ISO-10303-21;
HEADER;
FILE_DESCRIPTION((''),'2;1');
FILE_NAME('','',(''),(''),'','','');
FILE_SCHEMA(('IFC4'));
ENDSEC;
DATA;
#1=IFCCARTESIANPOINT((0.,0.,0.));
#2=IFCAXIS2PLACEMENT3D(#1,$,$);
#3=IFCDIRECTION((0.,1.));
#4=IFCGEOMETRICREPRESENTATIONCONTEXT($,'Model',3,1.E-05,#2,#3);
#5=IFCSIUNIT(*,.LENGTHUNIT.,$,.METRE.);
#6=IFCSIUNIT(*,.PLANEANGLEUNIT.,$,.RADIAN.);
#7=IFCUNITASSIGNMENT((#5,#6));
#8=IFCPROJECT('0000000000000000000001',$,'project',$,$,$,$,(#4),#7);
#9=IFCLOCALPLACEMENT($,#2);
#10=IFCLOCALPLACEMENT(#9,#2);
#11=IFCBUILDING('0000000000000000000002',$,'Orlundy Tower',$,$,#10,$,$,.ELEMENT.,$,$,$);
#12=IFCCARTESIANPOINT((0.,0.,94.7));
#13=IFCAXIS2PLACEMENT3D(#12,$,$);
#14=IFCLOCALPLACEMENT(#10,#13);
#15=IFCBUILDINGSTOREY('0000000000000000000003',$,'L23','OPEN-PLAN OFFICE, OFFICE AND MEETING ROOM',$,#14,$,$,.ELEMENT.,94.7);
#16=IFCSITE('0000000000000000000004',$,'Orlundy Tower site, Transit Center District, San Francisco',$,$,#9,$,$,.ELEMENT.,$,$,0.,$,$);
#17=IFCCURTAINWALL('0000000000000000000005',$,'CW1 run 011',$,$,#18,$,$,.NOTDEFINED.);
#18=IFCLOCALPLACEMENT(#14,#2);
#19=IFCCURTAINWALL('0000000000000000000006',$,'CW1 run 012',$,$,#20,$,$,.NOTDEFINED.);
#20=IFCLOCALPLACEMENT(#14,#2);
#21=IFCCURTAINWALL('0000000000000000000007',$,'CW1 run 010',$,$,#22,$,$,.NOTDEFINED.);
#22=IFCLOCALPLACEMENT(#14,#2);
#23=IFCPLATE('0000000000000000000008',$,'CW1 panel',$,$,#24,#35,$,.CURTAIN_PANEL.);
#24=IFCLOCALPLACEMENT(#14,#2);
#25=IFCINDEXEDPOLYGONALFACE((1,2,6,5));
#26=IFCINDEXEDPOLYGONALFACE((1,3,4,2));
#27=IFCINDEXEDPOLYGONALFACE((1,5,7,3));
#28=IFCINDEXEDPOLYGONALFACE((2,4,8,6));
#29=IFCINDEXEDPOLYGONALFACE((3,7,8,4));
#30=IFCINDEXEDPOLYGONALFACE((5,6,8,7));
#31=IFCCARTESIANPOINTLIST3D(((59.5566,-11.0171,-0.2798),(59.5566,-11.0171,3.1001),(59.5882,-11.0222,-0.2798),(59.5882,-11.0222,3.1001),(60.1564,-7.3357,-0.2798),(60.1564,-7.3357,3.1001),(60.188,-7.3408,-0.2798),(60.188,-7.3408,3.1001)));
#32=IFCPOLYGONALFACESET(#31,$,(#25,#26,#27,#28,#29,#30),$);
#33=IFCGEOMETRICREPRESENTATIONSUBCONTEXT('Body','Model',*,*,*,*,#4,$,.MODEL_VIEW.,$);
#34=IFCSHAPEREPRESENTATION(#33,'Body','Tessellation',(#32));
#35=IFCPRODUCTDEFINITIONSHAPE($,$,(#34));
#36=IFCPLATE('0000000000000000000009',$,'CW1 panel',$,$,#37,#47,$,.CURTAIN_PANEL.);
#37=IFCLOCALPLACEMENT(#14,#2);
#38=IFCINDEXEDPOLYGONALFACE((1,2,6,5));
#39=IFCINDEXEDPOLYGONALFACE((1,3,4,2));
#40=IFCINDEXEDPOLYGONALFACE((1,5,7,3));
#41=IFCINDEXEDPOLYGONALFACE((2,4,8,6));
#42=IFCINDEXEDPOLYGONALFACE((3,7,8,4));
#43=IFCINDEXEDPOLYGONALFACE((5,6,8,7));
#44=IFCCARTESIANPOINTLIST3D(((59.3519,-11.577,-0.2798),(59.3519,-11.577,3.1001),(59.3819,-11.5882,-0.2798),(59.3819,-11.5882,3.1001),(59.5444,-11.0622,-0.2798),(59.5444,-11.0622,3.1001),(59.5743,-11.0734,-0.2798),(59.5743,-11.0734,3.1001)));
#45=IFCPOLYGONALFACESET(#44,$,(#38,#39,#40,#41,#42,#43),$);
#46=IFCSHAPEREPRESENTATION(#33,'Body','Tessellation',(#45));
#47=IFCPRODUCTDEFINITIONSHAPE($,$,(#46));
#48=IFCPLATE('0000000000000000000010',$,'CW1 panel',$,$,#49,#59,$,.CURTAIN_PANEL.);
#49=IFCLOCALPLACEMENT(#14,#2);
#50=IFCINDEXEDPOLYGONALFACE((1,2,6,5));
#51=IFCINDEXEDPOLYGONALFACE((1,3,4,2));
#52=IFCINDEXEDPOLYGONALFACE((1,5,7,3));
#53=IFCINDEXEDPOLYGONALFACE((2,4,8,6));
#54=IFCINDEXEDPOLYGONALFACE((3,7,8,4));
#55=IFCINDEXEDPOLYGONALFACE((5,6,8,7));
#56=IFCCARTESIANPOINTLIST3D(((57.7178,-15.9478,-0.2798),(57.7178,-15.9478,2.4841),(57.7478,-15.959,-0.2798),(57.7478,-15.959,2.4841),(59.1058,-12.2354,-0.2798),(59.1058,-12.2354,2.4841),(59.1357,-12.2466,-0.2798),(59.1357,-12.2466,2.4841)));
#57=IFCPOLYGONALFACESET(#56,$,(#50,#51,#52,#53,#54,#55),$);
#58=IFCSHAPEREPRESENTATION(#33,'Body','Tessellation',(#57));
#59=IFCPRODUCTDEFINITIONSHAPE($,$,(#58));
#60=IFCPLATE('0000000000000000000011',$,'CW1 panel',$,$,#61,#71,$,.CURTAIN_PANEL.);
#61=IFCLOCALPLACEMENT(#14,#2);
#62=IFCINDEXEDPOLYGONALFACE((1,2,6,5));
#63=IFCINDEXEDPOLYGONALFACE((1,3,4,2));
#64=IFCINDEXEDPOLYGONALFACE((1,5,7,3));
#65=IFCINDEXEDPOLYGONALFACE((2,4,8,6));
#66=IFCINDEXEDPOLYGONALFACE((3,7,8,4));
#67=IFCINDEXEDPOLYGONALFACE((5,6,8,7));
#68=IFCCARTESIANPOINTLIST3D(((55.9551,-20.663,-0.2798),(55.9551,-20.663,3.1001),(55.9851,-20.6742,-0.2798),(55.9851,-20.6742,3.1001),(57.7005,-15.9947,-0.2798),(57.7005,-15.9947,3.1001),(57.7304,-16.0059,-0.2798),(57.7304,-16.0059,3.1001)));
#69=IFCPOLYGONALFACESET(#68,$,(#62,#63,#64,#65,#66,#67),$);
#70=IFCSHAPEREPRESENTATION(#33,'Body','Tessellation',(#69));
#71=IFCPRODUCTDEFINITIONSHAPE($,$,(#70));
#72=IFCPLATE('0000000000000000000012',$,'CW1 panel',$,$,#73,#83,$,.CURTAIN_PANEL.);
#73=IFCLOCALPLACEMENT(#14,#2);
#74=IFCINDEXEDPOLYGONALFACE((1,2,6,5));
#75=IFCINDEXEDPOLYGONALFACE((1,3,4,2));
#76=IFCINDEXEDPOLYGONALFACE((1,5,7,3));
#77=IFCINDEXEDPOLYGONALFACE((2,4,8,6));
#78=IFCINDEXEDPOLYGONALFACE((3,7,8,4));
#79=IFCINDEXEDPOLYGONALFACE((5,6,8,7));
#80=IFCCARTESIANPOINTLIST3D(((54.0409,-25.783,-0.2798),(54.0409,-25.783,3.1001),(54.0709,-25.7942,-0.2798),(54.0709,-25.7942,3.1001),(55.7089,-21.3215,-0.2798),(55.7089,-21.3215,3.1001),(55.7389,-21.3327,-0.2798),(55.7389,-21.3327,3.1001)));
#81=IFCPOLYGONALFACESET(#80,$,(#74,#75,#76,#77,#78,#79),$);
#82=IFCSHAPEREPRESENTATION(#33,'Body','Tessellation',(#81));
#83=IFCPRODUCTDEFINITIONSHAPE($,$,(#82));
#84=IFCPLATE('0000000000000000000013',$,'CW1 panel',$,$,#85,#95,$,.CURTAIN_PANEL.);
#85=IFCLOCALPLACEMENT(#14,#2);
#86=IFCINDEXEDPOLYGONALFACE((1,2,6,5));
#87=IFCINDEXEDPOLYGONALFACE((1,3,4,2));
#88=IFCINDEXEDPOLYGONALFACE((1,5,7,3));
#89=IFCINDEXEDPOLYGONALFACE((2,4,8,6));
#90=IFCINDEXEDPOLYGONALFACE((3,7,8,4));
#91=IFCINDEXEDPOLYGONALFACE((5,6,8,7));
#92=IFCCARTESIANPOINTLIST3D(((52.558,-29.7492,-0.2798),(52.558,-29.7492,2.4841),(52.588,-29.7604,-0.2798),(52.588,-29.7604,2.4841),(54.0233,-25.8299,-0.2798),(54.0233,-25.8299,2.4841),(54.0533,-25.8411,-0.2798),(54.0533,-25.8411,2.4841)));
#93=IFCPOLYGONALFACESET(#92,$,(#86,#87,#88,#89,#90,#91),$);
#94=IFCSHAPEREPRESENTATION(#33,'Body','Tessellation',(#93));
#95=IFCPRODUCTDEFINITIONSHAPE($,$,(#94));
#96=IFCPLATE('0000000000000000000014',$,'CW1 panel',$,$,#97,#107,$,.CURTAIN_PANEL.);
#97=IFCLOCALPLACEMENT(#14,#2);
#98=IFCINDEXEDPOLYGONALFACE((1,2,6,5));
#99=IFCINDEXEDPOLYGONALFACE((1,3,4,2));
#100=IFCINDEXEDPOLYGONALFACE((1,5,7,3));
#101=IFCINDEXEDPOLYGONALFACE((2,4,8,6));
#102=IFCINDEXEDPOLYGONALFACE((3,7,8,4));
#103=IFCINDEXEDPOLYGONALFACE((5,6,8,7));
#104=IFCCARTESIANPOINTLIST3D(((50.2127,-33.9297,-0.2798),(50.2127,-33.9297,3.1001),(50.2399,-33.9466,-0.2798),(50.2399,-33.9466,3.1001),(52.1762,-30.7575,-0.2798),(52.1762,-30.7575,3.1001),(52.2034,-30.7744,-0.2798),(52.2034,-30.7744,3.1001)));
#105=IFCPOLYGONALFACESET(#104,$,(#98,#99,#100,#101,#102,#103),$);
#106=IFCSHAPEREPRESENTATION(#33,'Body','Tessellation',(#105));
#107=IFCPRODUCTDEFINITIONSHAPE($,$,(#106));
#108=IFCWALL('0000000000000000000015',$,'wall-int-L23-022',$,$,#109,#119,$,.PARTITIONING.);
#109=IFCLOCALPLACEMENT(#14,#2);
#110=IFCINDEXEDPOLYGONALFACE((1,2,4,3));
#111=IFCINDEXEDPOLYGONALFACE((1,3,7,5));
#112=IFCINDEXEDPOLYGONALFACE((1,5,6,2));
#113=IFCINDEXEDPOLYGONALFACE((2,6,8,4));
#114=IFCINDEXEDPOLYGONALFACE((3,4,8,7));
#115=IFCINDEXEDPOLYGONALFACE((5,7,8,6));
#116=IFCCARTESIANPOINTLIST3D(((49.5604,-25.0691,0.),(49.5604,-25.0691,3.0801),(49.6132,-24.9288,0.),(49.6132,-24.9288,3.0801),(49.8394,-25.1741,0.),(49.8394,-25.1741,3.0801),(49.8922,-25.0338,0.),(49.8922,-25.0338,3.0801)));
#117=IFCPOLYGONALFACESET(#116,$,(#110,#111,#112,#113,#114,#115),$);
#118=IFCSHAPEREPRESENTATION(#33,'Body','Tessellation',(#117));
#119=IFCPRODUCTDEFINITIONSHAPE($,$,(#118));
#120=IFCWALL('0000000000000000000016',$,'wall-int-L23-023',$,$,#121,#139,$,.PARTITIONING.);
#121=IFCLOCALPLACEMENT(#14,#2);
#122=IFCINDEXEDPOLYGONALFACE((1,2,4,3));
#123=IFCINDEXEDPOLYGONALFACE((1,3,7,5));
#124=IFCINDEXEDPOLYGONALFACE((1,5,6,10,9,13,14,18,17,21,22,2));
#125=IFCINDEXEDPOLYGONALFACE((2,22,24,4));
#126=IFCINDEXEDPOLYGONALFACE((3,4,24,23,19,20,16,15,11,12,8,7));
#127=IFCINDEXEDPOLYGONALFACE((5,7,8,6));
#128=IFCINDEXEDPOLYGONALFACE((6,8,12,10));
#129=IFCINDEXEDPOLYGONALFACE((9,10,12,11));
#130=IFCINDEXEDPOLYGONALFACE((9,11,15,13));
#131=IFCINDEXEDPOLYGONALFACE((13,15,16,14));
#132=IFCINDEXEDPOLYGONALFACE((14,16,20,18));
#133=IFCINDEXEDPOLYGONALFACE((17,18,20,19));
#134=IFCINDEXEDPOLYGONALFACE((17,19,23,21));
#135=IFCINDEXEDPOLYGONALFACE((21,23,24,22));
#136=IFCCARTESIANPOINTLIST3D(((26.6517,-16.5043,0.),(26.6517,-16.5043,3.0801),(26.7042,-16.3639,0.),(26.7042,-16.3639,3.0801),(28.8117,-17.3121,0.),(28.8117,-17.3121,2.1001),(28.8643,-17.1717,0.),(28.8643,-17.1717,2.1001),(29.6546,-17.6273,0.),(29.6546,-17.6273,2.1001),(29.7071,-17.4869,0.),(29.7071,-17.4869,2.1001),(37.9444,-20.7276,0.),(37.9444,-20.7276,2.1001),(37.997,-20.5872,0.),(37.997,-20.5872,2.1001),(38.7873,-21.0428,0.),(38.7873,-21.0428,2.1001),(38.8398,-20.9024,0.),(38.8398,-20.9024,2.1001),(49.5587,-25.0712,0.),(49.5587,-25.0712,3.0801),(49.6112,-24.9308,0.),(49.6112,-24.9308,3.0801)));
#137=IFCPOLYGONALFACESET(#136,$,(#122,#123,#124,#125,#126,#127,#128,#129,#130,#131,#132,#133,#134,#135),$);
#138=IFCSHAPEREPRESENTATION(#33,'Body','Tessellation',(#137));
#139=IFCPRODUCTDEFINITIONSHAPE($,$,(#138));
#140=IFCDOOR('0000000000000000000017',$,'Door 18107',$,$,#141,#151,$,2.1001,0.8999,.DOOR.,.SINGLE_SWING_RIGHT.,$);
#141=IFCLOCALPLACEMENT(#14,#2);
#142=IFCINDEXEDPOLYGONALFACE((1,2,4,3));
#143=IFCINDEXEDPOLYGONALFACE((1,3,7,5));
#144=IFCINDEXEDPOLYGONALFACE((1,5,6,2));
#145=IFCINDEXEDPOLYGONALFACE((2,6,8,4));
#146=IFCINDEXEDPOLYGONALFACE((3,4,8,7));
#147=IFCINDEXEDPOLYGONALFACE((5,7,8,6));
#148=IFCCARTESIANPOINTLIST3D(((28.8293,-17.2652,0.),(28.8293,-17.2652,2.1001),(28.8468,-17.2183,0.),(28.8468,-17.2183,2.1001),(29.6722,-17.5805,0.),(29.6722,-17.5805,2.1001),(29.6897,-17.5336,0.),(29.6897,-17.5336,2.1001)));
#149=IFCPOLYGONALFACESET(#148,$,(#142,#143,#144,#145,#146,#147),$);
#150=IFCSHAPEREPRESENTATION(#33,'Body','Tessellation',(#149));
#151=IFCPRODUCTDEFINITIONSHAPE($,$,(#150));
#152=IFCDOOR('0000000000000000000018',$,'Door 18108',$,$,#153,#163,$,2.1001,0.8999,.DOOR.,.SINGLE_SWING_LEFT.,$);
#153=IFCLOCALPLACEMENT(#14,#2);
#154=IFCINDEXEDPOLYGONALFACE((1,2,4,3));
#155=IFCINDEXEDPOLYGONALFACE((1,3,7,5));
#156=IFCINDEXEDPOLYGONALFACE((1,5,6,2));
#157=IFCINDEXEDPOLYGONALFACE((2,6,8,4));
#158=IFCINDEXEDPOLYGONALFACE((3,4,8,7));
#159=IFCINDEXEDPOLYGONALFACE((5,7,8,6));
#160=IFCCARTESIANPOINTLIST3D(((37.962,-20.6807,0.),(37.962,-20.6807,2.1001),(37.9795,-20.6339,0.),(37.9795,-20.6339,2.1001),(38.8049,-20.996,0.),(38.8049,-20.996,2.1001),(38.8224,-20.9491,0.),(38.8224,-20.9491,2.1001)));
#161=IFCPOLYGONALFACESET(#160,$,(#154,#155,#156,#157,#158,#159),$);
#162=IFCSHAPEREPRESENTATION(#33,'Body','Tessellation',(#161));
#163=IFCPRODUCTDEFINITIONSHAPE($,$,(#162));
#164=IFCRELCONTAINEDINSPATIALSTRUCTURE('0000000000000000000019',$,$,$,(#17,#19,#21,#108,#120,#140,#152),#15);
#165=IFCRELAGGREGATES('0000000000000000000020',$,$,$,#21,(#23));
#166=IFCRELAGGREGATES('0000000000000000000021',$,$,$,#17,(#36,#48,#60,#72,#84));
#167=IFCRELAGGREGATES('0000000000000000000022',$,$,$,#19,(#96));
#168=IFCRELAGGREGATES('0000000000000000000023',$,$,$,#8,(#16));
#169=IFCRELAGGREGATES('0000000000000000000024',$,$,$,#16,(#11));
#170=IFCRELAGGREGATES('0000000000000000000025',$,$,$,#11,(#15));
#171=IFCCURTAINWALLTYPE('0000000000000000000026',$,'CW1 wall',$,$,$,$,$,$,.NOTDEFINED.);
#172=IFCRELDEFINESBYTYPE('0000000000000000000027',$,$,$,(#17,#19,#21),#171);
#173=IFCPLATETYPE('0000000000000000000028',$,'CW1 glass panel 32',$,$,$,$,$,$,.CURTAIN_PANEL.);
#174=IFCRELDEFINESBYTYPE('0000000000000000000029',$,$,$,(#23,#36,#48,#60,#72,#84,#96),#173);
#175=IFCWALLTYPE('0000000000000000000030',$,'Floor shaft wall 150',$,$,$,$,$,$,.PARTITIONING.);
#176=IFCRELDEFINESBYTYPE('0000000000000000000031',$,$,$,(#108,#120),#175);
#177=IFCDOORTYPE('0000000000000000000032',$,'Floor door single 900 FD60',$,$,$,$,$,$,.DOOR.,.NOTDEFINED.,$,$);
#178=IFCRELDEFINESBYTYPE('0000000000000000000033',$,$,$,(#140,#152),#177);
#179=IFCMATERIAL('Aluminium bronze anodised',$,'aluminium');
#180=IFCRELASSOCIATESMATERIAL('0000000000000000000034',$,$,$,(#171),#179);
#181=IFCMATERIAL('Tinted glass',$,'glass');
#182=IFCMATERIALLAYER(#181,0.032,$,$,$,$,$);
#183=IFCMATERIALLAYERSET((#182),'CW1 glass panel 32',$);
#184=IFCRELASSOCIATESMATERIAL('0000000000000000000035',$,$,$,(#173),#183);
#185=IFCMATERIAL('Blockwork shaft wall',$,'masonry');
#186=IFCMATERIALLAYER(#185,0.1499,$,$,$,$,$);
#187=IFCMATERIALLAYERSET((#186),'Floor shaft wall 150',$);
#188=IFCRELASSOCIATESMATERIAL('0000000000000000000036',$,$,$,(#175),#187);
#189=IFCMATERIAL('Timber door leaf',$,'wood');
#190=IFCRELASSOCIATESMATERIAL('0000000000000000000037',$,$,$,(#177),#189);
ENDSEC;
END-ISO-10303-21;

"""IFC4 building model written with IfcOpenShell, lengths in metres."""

from ifc_helpers import new_model, si_unit, direction, frame, frame_2d, origin, origin_2d, place, context, subcontext, project, spatial, rectangle, extrude, material, layer, layer_set, type_object, element, fill, aggregate, save


model = new_model("IFC4")

# Units and contexts
model_context = context("Model", 3, precision=1e-05, world=origin(), true_north=direction((0.0, 1.0)))
body_context = subcontext(model_context, "Body", "Model", "MODEL_VIEW")
ifc_project = project(units=[si_unit("LENGTHUNIT", "METRE"), si_unit("PLANEANGLEUNIT", "RADIAN")], contexts=[model_context])

# Site, building, storey
site_placement = place(None, origin())
site = spatial("IfcSite", under=ifc_project, at=site_placement, Name="Orlundy Tower site, Transit Center District, San Francisco", CompositionType="ELEMENT", RefElevation=0.0)
building_placement = place(site_placement, origin())
building = spatial("IfcBuilding", under=site, at=building_placement, Name="Orlundy Tower", CompositionType="ELEMENT")
storey_placement = place(building_placement, frame((0.0, 0.0, 94.7)))
storey = spatial("IfcBuildingStorey", under=building, at=storey_placement, Name="L23", Description="OPEN-PLAN OFFICE, OFFICE AND MEETING ROOM", CompositionType="ELEMENT", Elevation=94.7)

# Shared definitions
ifc_material_1 = material(Name="Aluminium bronze anodised", Category="aluminium")
curtain_wall_type = type_object("IfcCurtainWallType", Name="CW1 wall", PredefinedType="NOTDEFINED", material=ifc_material_1)

# Curtain wall
curtain_wall_1_placement = place(storey_placement, origin())
curtain_wall_1 = element("IfcCurtainWall", 1, at=curtain_wall_1_placement, inside=storey, type_object=curtain_wall_type, Name="CW1 run 011", PredefinedType="NOTDEFINED")

# Curtain wall
curtain_wall_2_placement = place(storey_placement, origin())
curtain_wall_2 = element("IfcCurtainWall", 2, at=curtain_wall_2_placement, inside=storey, type_object=curtain_wall_type, Name="CW1 run 012", PredefinedType="NOTDEFINED")

# Curtain wall, plate
curtain_wall_3_placement = place(storey_placement, origin())
curtain_wall_3 = element("IfcCurtainWall", 3, at=curtain_wall_3_placement, inside=storey, type_object=curtain_wall_type, Name="CW1 run 010", PredefinedType="NOTDEFINED")
ifc_material_2 = material(Name="Tinted glass", Category="glass")
ifc_layer_1 = layer(ifc_material_2, 0.032)
ifc_layer_set_1 = layer_set([ifc_layer_1], Name="CW1 glass panel 32")
plate_type = type_object("IfcPlateType", Name="CW1 glass panel 32", PredefinedType="CURTAIN_PANEL", material=ifc_layer_set_1)
plate_1_placement = place(storey_placement, frame((59.8723, -9.179, -0.2798), z_axis=(0.0, 0.0, 1.0), x_axis=(-0.16081, -0.986985, 0.0)))
plate_1 = element("IfcPlate", 4, at=plate_1_placement, type_object=plate_type, Name="CW1 panel", PredefinedType="CURTAIN_PANEL", context=body_context, shape_type="SweptSolid", body=[
    extrude(rectangle(XDim=3.73, YDim=0.032, at=origin_2d()), origin(), (0.0, 0.0, 1.0), 3.3799),
])
aggregate(curtain_wall_3, [plate_1])

# Plates
plate_2_placement = place(storey_placement, frame((59.4631, -11.3252, -0.2798), z_axis=(0.0, 0.0, 1.0), x_axis=(-0.350194, -0.936677, 0.0)))
plate_2 = element("IfcPlate", 5, at=plate_2_placement, type_object=plate_type, Name="CW1 panel", PredefinedType="CURTAIN_PANEL", context=body_context, shape_type="SweptSolid", body=[
    extrude(rectangle(XDim=0.5496, YDim=0.032, at=origin_2d()), origin(), (0.0, 0.0, 1.0), 3.3799),
])
plate_3_placement = place(storey_placement, frame((58.4268, -14.0972, -0.2798), z_axis=(0.0, 0.0, 1.0), x_axis=(-0.350194, -0.936677, 0.0)))
plate_3 = element("IfcPlate", 6, at=plate_3_placement, type_object=plate_type, Name="CW1 panel", PredefinedType="CURTAIN_PANEL", context=body_context, shape_type="SweptSolid", body=[
    extrude(rectangle(XDim=3.9634, YDim=0.032, at=origin_2d()), origin(), (0.0, 0.0, 1.0), 2.7639),
])
plate_4_placement = place(storey_placement, frame((56.8428, -18.3345, -0.2798), z_axis=(0.0, 0.0, 1.0), x_axis=(-0.350194, -0.936677, 0.0)))
plate_4 = element("IfcPlate", 7, at=plate_4_placement, type_object=plate_type, Name="CW1 panel", PredefinedType="CURTAIN_PANEL", context=body_context, shape_type="SweptSolid", body=[
    extrude(rectangle(XDim=4.9839, YDim=0.032, at=origin_2d()), origin(), (0.0, 0.0, 1.0), 3.3799),
])
plate_5_placement = place(storey_placement, frame((54.8899, -23.5579, -0.2798), z_axis=(0.0, 0.0, 1.0), x_axis=(-0.350194, -0.936677, 0.0)))
plate_5 = element("IfcPlate", 8, at=plate_5_placement, type_object=plate_type, Name="CW1 panel", PredefinedType="CURTAIN_PANEL", context=body_context, shape_type="SweptSolid", body=[
    extrude(rectangle(XDim=4.7632, YDim=0.032, at=origin_2d()), origin(), (0.0, 0.0, 1.0), 3.3799),
])
plate_6_placement = place(storey_placement, frame((53.3057, -27.7952, -0.2798), z_axis=(0.0, 0.0, 1.0), x_axis=(-0.350194, -0.936677, 0.0)))
plate_6 = element("IfcPlate", 9, at=plate_6_placement, type_object=plate_type, Name="CW1 panel", PredefinedType="CURTAIN_PANEL", context=body_context, shape_type="SweptSolid", body=[
    extrude(rectangle(XDim=4.1843, YDim=0.032, at=origin_2d()), origin(), (0.0, 0.0, 1.0), 2.7639),
])
aggregate(curtain_wall_1, [plate_2, plate_3, plate_4, plate_5, plate_6])
plate_7_placement = place(storey_placement, frame((51.208, -32.3521, -0.2798), z_axis=(0.0, 0.0, 1.0), x_axis=(-0.526308, -0.850294, 0.0)))
plate_7 = element("IfcPlate", 10, at=plate_7_placement, type_object=plate_type, Name="CW1 panel", PredefinedType="CURTAIN_PANEL", context=body_context, shape_type="SweptSolid", body=[
    extrude(rectangle(XDim=3.7307, YDim=0.032, at=origin_2d()), origin(), (0.0, 0.0, 1.0), 3.3799),
])
aggregate(curtain_wall_2, [plate_7])

# Wall
ifc_material_3 = material(Name="Blockwork shaft wall", Category="masonry")
ifc_layer_2 = layer(ifc_material_3, 0.1499)
ifc_layer_set_2 = layer_set([ifc_layer_2], Name="Floor shaft wall 150")
wall_type_1 = type_object("IfcWallType", Name="Floor shaft wall 150", PredefinedType="PARTITIONING", material=ifc_layer_set_2)
wall_1_placement = place(storey_placement, frame((49.5869, -24.999, 0.0), z_axis=(0.0, 0.0, 1.0), x_axis=(0.935958, -0.35211, 0.0)))
element("IfcWall", 11, at=wall_1_placement, inside=storey, type_object=wall_type_1, Name="wall-int-L23-022", PredefinedType="PARTITIONING", context=body_context, shape_type="SweptSolid", body=[
    extrude(rectangle(XDim=0.2981, YDim=0.1499, at=frame_2d((0.1489, 0.0))), origin(), (0.0, 0.0, 1.0), 3.0801),
])

# Wall, openings, doors
wall_2_placement = place(storey_placement, frame((49.585, -25.001, 0.0), z_axis=(0.0, 0.0, 1.0), x_axis=(-0.936641, 0.350291, 0.0)))
wall_2 = element("IfcWall", 12, at=wall_2_placement, inside=storey, type_object=wall_type_1, Name="wall-int-L23-023", PredefinedType="PARTITIONING", context=body_context, shape_type="SweptSolid", body=[
    extrude(rectangle(XDim=24.4565, YDim=0.1499, at=frame_2d((12.2283, 0.0))), origin(), (0.0, 0.0, 1.0), 3.0801),
])
opening_1_placement = place(wall_2_placement, frame((21.2505, 0.0, 0.0)))
opening_1 = element("IfcOpeningElement", 13, at=opening_1_placement, cuts=wall_2, PredefinedType="OPENING", context=body_context, shape_type="SweptSolid", body=[
    extrude(rectangle(XDim=0.8999, YDim=2.1001, at=frame_2d((0.45, 1.05))), frame((0.0, 0.085, 0.0), z_axis=(0.0, -1.0, 0.0), x_axis=(1.0, 0.0, 0.0)), (0.0, 0.0, 1.0), 0.1699),
])
opening_2_placement = place(wall_2_placement, frame((11.5, 0.0, 0.0)))
opening_2 = element("IfcOpeningElement", 14, at=opening_2_placement, cuts=wall_2, PredefinedType="OPENING", context=body_context, shape_type="SweptSolid", body=[
    extrude(rectangle(XDim=0.8999, YDim=2.1001, at=frame_2d((0.45, 1.05))), frame((0.0, 0.085, 0.0), z_axis=(0.0, -1.0, 0.0), x_axis=(1.0, 0.0, 0.0)), (0.0, 0.0, 1.0), 0.1699),
])
ifc_material_4 = material(Name="Timber door leaf", Category="wood")
door_type = type_object("IfcDoorType", Name="Floor door single 900 FD60", OperationType="NOTDEFINED", PredefinedType="DOOR", material=ifc_material_4)
door_1_placement = place(opening_1_placement, origin())
door_1 = element("IfcDoor", 15, at=door_1_placement, inside=storey, type_object=door_type, Name="Door 18107", OperationType="SINGLE_SWING_RIGHT", OverallHeight=2.1001, OverallWidth=0.8999, PredefinedType="DOOR", context=body_context, shape_type="SweptSolid", body=[
    extrude(rectangle(XDim=0.8999, YDim=2.1001, at=frame_2d((0.45, 1.05))), frame((0.0, 0.0249, 0.0), z_axis=(0.0, -1.0, 0.0), x_axis=(1.0, 0.0, 0.0)), (0.0, 0.0, 1.0), 0.05),
])
fill(opening_1, door_1)
door_2_placement = place(opening_2_placement, origin())
door_2 = element("IfcDoor", 16, at=door_2_placement, inside=storey, type_object=door_type, Name="Door 18108", OperationType="SINGLE_SWING_LEFT", OverallHeight=2.1001, OverallWidth=0.8999, PredefinedType="DOOR", context=body_context, shape_type="SweptSolid", body=[
    extrude(rectangle(XDim=0.8999, YDim=2.1001, at=frame_2d((0.45, 1.05))), frame((0.0, 0.0249, 0.0), z_axis=(0.0, -1.0, 0.0), x_axis=(1.0, 0.0, 0.0)), (0.0, 0.0, 1.0), 0.05),
])
fill(opening_2, door_2)

save(model, "model.ifc")
